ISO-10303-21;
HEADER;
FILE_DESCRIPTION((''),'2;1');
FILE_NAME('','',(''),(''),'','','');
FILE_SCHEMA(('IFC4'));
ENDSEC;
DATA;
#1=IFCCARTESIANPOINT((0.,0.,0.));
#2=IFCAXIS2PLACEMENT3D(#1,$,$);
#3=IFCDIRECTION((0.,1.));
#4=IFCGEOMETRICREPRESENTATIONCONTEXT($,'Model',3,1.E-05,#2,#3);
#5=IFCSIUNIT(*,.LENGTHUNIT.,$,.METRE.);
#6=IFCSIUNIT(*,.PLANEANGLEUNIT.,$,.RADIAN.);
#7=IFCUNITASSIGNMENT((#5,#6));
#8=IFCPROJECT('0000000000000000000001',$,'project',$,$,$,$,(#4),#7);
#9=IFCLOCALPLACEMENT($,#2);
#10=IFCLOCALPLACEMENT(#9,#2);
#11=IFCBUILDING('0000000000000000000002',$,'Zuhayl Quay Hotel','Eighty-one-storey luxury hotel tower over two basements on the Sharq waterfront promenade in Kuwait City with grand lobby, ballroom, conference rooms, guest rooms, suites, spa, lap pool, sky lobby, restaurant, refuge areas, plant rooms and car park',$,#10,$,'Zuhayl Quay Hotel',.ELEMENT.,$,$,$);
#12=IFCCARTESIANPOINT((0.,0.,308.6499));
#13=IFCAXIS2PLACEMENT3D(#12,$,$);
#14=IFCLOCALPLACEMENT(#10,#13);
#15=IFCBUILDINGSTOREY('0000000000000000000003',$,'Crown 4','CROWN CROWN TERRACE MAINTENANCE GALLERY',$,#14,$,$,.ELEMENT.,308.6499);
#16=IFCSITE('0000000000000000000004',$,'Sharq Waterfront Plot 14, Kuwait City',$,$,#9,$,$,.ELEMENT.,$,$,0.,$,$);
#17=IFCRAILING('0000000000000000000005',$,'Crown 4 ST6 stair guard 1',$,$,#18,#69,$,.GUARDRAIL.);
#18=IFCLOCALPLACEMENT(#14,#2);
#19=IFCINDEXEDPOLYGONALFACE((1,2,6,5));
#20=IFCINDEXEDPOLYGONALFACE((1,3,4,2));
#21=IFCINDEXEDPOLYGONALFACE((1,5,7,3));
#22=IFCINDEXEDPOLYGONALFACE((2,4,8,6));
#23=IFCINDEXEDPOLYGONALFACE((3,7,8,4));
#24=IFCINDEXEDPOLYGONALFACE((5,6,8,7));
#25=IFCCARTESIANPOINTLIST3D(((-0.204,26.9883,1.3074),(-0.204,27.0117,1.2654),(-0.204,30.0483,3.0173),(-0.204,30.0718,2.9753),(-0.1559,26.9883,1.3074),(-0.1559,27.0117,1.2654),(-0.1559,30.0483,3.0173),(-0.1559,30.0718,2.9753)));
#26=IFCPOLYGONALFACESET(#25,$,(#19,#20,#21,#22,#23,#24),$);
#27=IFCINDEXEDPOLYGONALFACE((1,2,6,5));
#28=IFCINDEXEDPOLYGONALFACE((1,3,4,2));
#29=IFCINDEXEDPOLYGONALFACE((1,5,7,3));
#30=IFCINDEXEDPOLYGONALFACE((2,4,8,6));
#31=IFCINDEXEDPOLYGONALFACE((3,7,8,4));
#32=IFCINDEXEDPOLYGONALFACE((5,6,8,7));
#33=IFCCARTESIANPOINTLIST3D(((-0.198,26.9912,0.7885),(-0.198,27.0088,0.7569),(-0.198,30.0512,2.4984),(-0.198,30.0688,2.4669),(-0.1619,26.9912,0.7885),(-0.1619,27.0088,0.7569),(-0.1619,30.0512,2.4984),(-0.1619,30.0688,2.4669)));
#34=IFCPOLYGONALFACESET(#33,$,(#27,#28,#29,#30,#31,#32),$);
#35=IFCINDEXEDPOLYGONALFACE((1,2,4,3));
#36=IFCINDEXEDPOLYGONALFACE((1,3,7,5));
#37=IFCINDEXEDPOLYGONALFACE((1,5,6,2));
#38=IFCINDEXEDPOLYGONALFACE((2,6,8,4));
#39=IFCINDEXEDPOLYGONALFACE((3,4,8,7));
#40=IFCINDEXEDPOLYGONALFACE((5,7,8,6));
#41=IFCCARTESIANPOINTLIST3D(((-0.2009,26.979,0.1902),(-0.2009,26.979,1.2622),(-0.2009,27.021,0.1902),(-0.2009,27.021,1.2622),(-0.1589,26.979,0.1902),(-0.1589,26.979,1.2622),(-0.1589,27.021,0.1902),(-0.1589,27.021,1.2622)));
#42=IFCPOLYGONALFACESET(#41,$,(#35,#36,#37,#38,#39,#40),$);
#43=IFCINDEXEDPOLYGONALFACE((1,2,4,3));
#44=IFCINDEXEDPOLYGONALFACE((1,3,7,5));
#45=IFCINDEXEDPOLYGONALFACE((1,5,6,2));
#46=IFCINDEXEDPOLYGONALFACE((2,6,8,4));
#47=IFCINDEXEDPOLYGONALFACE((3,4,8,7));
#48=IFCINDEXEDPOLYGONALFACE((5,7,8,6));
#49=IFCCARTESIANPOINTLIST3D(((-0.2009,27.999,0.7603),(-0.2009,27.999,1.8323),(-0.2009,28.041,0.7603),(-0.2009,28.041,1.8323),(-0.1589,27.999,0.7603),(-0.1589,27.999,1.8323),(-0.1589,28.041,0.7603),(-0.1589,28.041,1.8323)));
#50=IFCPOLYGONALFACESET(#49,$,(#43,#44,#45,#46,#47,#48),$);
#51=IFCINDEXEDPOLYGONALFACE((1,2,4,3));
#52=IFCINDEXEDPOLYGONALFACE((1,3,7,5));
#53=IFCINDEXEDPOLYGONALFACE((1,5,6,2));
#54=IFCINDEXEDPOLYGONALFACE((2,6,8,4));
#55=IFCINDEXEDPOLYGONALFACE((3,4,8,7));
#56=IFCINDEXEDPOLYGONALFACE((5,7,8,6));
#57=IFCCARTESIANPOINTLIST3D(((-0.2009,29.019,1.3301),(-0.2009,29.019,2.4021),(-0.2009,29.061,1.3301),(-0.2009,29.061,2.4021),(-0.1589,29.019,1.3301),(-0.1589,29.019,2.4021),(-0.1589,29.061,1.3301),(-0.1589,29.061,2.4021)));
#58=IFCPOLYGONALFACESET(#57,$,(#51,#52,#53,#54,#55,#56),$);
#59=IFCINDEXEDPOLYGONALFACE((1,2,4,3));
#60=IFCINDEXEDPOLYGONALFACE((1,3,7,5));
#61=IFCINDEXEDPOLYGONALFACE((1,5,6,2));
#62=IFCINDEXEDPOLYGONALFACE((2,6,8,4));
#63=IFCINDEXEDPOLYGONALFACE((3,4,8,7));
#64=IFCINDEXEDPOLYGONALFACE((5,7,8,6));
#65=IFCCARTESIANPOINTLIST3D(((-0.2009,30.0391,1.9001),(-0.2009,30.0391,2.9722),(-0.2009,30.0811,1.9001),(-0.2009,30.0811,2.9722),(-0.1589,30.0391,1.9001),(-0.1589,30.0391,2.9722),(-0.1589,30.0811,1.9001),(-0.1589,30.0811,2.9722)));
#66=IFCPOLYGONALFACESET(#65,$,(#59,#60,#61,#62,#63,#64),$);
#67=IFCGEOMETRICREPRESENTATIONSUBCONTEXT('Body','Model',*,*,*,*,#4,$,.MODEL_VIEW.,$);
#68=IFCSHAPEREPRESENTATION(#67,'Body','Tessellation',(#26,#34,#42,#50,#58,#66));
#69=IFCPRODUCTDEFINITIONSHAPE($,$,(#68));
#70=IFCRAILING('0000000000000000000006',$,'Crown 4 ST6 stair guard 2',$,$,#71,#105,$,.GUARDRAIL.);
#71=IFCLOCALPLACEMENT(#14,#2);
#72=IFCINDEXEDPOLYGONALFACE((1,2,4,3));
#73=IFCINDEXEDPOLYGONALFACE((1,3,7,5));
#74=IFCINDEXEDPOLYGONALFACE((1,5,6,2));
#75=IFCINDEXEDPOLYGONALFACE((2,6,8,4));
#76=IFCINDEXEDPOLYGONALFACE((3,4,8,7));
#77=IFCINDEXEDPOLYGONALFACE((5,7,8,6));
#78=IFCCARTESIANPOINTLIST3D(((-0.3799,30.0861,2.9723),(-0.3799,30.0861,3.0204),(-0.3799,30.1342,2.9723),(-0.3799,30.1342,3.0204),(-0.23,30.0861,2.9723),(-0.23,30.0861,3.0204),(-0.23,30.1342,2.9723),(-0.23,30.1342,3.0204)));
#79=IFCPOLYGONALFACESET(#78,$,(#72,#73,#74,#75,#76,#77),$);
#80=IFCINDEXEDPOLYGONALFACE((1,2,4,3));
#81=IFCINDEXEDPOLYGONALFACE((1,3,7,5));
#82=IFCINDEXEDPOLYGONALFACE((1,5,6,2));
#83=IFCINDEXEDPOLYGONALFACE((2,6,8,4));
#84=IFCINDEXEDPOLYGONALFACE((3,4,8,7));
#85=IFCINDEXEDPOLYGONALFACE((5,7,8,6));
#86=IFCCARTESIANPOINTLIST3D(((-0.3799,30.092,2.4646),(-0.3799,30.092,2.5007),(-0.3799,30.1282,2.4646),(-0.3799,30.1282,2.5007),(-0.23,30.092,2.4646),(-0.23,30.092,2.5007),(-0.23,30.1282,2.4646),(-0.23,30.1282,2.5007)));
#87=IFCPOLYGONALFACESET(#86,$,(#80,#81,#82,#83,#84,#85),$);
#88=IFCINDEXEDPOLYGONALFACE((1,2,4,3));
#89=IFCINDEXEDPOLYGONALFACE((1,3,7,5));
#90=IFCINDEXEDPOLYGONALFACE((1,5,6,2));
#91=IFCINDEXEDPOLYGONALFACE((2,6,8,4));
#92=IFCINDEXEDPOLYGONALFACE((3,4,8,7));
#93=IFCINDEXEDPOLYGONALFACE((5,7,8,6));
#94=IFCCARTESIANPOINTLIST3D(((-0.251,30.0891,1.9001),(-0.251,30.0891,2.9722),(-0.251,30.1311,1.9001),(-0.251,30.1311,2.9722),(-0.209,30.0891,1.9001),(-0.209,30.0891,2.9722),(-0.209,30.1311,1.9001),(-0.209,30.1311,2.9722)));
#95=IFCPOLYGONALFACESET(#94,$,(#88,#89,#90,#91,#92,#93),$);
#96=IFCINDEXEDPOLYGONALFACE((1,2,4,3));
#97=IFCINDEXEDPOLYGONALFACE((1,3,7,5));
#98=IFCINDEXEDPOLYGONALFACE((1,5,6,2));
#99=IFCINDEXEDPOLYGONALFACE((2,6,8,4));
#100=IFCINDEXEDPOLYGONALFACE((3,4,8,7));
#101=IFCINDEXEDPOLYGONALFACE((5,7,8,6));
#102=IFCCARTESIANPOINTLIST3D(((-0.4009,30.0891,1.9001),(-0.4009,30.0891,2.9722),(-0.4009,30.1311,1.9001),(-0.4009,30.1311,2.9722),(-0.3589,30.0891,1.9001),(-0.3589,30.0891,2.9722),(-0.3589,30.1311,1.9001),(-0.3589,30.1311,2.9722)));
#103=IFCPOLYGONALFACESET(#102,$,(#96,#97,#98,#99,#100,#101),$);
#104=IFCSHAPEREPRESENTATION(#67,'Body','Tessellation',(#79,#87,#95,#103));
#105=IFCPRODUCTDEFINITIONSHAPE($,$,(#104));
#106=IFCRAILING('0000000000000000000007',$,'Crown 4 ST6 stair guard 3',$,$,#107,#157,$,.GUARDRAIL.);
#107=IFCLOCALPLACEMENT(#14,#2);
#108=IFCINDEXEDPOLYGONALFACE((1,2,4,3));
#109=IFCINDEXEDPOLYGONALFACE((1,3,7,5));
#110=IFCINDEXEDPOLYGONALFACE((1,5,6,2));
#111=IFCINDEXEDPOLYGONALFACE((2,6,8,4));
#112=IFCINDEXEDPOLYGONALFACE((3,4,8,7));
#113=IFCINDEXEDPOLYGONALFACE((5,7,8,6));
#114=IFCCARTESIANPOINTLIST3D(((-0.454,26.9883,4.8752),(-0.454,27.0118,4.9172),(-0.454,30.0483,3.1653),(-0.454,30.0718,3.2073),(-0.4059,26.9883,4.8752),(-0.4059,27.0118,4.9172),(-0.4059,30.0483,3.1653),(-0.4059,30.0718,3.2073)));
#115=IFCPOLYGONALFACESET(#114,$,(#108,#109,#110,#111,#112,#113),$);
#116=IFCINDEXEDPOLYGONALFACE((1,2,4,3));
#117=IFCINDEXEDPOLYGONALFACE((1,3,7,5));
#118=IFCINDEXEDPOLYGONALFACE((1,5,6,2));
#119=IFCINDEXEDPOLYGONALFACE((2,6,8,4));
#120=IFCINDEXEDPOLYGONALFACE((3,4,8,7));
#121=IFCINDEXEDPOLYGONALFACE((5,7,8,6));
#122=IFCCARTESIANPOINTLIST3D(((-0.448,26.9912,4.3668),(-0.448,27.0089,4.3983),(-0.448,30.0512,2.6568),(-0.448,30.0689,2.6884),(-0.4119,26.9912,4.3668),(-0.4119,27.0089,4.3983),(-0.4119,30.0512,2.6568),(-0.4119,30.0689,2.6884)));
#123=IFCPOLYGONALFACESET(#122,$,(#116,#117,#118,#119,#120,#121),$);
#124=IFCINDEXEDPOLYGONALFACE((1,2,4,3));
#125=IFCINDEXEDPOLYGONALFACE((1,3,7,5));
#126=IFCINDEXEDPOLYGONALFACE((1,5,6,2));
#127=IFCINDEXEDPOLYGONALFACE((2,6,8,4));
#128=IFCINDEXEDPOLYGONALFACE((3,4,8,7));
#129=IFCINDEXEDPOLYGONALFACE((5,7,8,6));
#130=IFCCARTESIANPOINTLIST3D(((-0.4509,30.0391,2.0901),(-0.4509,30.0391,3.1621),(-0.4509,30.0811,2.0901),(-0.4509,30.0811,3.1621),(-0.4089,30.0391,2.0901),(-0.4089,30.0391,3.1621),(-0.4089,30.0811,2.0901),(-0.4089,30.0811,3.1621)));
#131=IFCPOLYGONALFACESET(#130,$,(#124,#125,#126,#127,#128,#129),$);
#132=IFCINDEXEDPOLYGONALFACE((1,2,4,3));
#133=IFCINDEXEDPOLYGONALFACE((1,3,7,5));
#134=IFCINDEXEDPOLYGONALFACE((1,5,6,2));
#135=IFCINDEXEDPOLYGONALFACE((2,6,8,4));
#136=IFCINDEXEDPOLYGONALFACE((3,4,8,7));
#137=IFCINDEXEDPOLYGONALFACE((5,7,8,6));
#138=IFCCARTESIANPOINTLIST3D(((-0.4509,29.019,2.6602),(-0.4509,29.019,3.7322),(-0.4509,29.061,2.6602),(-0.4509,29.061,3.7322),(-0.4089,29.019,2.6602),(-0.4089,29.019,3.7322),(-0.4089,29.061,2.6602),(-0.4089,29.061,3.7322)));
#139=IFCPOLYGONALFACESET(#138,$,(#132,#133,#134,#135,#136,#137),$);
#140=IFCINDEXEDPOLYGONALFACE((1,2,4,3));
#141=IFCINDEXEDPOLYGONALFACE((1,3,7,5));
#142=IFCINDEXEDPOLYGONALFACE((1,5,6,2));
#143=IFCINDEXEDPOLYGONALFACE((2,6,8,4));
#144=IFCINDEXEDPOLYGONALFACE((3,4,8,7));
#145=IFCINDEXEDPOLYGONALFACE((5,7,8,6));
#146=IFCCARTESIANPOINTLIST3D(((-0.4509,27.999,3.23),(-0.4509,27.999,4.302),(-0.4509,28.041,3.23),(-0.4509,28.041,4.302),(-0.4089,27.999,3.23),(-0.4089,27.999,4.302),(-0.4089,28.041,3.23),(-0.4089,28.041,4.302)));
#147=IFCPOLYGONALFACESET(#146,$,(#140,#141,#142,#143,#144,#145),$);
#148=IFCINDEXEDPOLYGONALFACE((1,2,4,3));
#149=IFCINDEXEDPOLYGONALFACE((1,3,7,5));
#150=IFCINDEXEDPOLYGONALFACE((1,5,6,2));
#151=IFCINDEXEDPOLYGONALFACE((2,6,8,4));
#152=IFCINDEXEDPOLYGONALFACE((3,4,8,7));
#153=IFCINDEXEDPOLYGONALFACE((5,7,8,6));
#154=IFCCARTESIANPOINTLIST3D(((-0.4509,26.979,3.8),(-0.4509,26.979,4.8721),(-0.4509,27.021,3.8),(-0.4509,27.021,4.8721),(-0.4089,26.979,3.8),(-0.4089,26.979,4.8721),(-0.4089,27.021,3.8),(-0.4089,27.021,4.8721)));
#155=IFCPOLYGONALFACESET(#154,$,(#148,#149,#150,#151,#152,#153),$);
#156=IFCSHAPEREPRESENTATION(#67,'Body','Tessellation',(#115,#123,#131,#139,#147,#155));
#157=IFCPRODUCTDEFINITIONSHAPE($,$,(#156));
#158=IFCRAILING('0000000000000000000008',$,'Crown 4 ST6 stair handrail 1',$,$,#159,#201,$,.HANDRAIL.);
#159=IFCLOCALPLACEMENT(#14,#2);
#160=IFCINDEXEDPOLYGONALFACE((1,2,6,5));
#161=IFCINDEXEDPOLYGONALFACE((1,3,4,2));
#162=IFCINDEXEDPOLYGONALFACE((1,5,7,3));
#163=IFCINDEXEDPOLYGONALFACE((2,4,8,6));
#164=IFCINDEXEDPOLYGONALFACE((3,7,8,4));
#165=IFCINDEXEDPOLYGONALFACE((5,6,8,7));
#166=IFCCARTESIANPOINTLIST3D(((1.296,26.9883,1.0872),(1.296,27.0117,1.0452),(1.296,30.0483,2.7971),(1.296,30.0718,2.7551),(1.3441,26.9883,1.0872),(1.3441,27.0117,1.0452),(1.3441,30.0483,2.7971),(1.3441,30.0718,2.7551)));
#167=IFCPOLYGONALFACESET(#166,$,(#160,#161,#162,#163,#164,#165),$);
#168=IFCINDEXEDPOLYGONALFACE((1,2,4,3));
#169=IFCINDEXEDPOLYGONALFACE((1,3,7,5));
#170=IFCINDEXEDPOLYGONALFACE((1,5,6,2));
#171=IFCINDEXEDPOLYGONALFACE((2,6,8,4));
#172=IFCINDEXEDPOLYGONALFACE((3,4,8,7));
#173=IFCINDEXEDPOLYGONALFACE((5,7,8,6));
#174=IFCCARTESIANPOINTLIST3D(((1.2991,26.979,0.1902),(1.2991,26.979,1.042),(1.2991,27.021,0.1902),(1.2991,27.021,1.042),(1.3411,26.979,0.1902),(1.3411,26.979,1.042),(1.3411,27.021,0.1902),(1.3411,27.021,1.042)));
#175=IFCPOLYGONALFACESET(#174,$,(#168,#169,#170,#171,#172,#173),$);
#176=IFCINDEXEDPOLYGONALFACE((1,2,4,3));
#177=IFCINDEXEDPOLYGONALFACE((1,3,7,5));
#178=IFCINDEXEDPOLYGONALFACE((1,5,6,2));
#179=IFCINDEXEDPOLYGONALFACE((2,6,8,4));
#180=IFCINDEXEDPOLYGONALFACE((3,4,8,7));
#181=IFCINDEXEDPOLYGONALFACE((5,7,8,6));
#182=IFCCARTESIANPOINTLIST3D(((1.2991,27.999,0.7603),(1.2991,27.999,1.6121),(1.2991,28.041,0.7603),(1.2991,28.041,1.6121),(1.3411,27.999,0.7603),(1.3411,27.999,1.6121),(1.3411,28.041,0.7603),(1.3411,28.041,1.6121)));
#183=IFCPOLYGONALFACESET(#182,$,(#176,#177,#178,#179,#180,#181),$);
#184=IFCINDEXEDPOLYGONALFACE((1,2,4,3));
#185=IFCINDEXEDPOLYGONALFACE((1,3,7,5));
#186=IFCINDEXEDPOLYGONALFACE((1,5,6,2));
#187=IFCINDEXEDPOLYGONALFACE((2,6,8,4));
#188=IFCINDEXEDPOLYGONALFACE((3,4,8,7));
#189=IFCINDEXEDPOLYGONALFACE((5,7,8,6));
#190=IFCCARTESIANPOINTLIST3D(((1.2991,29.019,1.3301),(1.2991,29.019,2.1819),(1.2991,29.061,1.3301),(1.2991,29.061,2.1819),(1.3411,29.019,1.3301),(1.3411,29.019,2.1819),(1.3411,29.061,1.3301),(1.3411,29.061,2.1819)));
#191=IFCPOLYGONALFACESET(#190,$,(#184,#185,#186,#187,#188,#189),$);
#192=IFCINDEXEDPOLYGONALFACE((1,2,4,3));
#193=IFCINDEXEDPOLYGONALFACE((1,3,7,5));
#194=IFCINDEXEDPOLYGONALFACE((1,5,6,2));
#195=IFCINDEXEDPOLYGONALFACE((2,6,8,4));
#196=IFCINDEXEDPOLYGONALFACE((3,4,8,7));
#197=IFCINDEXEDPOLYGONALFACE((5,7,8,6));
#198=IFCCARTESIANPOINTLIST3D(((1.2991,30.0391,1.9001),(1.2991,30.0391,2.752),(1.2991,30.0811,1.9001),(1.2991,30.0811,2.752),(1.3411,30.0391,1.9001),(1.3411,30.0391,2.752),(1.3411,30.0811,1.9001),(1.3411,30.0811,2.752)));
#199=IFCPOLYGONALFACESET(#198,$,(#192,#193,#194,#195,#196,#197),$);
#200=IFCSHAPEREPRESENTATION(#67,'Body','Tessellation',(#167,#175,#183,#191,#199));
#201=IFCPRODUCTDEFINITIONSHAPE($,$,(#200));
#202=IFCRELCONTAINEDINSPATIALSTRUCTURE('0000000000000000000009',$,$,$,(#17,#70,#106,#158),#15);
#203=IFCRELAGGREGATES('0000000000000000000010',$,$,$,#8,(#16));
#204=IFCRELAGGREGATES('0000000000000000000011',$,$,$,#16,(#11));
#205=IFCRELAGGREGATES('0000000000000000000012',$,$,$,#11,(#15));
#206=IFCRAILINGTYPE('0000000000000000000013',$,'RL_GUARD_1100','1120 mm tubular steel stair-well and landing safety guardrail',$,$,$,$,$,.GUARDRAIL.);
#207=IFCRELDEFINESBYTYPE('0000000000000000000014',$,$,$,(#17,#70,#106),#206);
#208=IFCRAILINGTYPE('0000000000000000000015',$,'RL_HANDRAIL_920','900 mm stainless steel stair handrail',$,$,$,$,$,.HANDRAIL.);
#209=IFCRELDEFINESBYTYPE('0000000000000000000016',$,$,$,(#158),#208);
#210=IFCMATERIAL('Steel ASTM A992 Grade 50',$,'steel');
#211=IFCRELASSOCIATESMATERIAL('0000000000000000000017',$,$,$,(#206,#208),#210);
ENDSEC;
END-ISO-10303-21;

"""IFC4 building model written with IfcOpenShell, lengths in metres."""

from ifc_helpers import new_model, si_unit, direction, frame, origin, origin_2d, place, context, subcontext, project, spatial, rectangle, extrude, material, type_object, element, save


model = new_model("IFC4")

# Units and contexts
model_context = context("Model", 3, precision=1e-05, world=origin(), true_north=direction((0.0, 1.0)))
body_context = subcontext(model_context, "Body", "Model", "MODEL_VIEW")
ifc_project = project(units=[si_unit("LENGTHUNIT", "METRE"), si_unit("PLANEANGLEUNIT", "RADIAN")], contexts=[model_context])

# Site, building, storey
site_placement = place(None, origin())
site = spatial("IfcSite", under=ifc_project, at=site_placement, Name="Sharq Waterfront Plot 14, Kuwait City", CompositionType="ELEMENT", RefElevation=0.0)
building_placement = place(site_placement, origin())
building = spatial("IfcBuilding", under=site, at=building_placement, Name="Zuhayl Quay Hotel", Description="Eighty-one-storey luxury hotel tower over two basements on the Sharq waterfront promenade in Kuwait City with grand lobby, ballroom, conference rooms, guest rooms, suites, spa, lap pool, sky lobby, restaurant, refuge areas, plant rooms and car park", LongName="Zuhayl Quay Hotel", CompositionType="ELEMENT")
storey_placement = place(building_placement, frame((0.0, 0.0, 308.6499)))
storey = spatial("IfcBuildingStorey", under=building, at=storey_placement, Name="Crown 4", Description="CROWN CROWN TERRACE MAINTENANCE GALLERY", CompositionType="ELEMENT", Elevation=308.6499)

# Shared definitions
ifc_material_1 = material(Name="Steel ASTM A992 Grade 50", Category="steel")

# Railings
railing_type_1 = type_object("IfcRailingType", Name="RL_GUARD_1100", Description="1120 mm tubular steel stair-well and landing safety guardrail", PredefinedType="GUARDRAIL", material=ifc_material_1)
railing_1_placement = place(storey_placement, frame((-0.1799, 27.0, 0.1902)))
element("IfcRailing", 1, at=railing_1_placement, inside=storey, type_object=railing_type_1, Name="Crown 4 ST6 stair guard 1", PredefinedType="GUARDRAIL", context=body_context, shape_type="SweptSolid", body=[
    extrude(rectangle(XDim=0.0481, YDim=0.0481, at=origin_2d()), frame((0.0, 0.0, 1.0962), z_axis=(0.0, 0.872952, 0.487806), x_axis=(-1.0, 0.0, 0.0)), (0.0, 0.0, 1.0), 3.5054),
    extrude(rectangle(XDim=0.0361, YDim=0.0361, at=origin_2d()), frame((0.0, 0.0, 0.5825), z_axis=(0.0, 0.872952, 0.487806), x_axis=(-1.0, 0.0, 0.0)), (0.0, 0.0, 1.0), 3.5054),
    extrude(rectangle(XDim=0.042, YDim=0.042, at=origin_2d()), origin(), (0.0, 0.0, 1.0), 1.072),
    extrude(rectangle(XDim=0.042, YDim=0.042, at=origin_2d()), frame((0.0, 1.02, 0.5701)), (0.0, 0.0, 1.0), 1.072),
    extrude(rectangle(XDim=0.042, YDim=0.042, at=origin_2d()), frame((0.0, 2.04, 1.1399)), (0.0, 0.0, 1.0), 1.072),
    extrude(rectangle(XDim=0.042, YDim=0.042, at=origin_2d()), frame((0.0, 3.0601, 1.71)), (0.0, 0.0, 1.0), 1.072),
])
railing_2_placement = place(storey_placement, frame((-0.23, 30.1101, 1.9001)))
element("IfcRailing", 2, at=railing_2_placement, inside=storey, type_object=railing_type_1, Name="Crown 4 ST6 stair guard 2", PredefinedType="GUARDRAIL", context=body_context, shape_type="SweptSolid", body=[
    extrude(rectangle(XDim=0.0481, YDim=0.0481, at=origin_2d()), frame((0.0, 0.0, 1.0962), z_axis=(-1.0, 0.0, 0.0), x_axis=(0.0, -1.0, 0.0)), (0.0, 0.0, 1.0), 0.1499),
    extrude(rectangle(XDim=0.0361, YDim=0.0361, at=origin_2d()), frame((0.0, 0.0, 0.5825), z_axis=(-1.0, 0.0, 0.0), x_axis=(0.0, -1.0, 0.0)), (0.0, 0.0, 1.0), 0.1499),
    extrude(rectangle(XDim=0.042, YDim=0.042, at=origin_2d()), origin(), (0.0, 0.0, 1.0), 1.072),
    extrude(rectangle(XDim=0.042, YDim=0.042, at=origin_2d()), frame((-0.1499, 0.0, 0.0)), (0.0, 0.0, 1.0), 1.072),
])
railing_3_placement = place(storey_placement, frame((-0.4299, 30.0601, 2.0901)))
element("IfcRailing", 3, at=railing_3_placement, inside=storey, type_object=railing_type_1, Name="Crown 4 ST6 stair guard 3", PredefinedType="GUARDRAIL", context=body_context, shape_type="SweptSolid", body=[
    extrude(rectangle(XDim=0.0481, YDim=0.0481, at=origin_2d()), frame((0.0, 0.0, 1.0962), z_axis=(0.0, -0.872952, 0.487806), x_axis=(1.0, 0.0, 0.0)), (0.0, 0.0, 1.0), 3.5054),
    extrude(rectangle(XDim=0.0361, YDim=0.0361, at=origin_2d()), frame((0.0, 0.0, 0.5825), z_axis=(0.0, -0.872952, 0.487806), x_axis=(1.0, 0.0, 0.0)), (0.0, 0.0, 1.0), 3.5054),
    extrude(rectangle(XDim=0.042, YDim=0.042, at=origin_2d()), origin(), (0.0, 0.0, 1.0), 1.072),
    extrude(rectangle(XDim=0.042, YDim=0.042, at=origin_2d()), frame((0.0, -1.02, 0.5701)), (0.0, 0.0, 1.0), 1.072),
    extrude(rectangle(XDim=0.042, YDim=0.042, at=origin_2d()), frame((0.0, -2.04, 1.1399)), (0.0, 0.0, 1.0), 1.072),
    extrude(rectangle(XDim=0.042, YDim=0.042, at=origin_2d()), frame((0.0, -3.0601, 1.71)), (0.0, 0.0, 1.0), 1.072),
])
railing_type_2 = type_object("IfcRailingType", Name="RL_HANDRAIL_920", Description="900 mm stainless steel stair handrail", PredefinedType="HANDRAIL", material=ifc_material_1)
railing_4_placement = place(storey_placement, frame((1.3201, 27.0, 0.1902)))
element("IfcRailing", 4, at=railing_4_placement, inside=storey, type_object=railing_type_2, Name="Crown 4 ST6 stair handrail 1", PredefinedType="HANDRAIL", context=body_context, shape_type="SweptSolid", body=[
    extrude(rectangle(XDim=0.0481, YDim=0.0481, at=origin_2d()), frame((0.0, 0.0, 0.876), z_axis=(0.0, 0.872952, 0.487806), x_axis=(-1.0, 0.0, 0.0)), (0.0, 0.0, 1.0), 3.5054),
    extrude(rectangle(XDim=0.042, YDim=0.042, at=origin_2d()), origin(), (0.0, 0.0, 1.0), 0.8518),
    extrude(rectangle(XDim=0.042, YDim=0.042, at=origin_2d()), frame((0.0, 1.02, 0.5701)), (0.0, 0.0, 1.0), 0.8518),
    extrude(rectangle(XDim=0.042, YDim=0.042, at=origin_2d()), frame((0.0, 2.04, 1.1399)), (0.0, 0.0, 1.0), 0.8518),
    extrude(rectangle(XDim=0.042, YDim=0.042, at=origin_2d()), frame((0.0, 3.0601, 1.71)), (0.0, 0.0, 1.0), 0.8518),
])

save(model, "model.ifc")
